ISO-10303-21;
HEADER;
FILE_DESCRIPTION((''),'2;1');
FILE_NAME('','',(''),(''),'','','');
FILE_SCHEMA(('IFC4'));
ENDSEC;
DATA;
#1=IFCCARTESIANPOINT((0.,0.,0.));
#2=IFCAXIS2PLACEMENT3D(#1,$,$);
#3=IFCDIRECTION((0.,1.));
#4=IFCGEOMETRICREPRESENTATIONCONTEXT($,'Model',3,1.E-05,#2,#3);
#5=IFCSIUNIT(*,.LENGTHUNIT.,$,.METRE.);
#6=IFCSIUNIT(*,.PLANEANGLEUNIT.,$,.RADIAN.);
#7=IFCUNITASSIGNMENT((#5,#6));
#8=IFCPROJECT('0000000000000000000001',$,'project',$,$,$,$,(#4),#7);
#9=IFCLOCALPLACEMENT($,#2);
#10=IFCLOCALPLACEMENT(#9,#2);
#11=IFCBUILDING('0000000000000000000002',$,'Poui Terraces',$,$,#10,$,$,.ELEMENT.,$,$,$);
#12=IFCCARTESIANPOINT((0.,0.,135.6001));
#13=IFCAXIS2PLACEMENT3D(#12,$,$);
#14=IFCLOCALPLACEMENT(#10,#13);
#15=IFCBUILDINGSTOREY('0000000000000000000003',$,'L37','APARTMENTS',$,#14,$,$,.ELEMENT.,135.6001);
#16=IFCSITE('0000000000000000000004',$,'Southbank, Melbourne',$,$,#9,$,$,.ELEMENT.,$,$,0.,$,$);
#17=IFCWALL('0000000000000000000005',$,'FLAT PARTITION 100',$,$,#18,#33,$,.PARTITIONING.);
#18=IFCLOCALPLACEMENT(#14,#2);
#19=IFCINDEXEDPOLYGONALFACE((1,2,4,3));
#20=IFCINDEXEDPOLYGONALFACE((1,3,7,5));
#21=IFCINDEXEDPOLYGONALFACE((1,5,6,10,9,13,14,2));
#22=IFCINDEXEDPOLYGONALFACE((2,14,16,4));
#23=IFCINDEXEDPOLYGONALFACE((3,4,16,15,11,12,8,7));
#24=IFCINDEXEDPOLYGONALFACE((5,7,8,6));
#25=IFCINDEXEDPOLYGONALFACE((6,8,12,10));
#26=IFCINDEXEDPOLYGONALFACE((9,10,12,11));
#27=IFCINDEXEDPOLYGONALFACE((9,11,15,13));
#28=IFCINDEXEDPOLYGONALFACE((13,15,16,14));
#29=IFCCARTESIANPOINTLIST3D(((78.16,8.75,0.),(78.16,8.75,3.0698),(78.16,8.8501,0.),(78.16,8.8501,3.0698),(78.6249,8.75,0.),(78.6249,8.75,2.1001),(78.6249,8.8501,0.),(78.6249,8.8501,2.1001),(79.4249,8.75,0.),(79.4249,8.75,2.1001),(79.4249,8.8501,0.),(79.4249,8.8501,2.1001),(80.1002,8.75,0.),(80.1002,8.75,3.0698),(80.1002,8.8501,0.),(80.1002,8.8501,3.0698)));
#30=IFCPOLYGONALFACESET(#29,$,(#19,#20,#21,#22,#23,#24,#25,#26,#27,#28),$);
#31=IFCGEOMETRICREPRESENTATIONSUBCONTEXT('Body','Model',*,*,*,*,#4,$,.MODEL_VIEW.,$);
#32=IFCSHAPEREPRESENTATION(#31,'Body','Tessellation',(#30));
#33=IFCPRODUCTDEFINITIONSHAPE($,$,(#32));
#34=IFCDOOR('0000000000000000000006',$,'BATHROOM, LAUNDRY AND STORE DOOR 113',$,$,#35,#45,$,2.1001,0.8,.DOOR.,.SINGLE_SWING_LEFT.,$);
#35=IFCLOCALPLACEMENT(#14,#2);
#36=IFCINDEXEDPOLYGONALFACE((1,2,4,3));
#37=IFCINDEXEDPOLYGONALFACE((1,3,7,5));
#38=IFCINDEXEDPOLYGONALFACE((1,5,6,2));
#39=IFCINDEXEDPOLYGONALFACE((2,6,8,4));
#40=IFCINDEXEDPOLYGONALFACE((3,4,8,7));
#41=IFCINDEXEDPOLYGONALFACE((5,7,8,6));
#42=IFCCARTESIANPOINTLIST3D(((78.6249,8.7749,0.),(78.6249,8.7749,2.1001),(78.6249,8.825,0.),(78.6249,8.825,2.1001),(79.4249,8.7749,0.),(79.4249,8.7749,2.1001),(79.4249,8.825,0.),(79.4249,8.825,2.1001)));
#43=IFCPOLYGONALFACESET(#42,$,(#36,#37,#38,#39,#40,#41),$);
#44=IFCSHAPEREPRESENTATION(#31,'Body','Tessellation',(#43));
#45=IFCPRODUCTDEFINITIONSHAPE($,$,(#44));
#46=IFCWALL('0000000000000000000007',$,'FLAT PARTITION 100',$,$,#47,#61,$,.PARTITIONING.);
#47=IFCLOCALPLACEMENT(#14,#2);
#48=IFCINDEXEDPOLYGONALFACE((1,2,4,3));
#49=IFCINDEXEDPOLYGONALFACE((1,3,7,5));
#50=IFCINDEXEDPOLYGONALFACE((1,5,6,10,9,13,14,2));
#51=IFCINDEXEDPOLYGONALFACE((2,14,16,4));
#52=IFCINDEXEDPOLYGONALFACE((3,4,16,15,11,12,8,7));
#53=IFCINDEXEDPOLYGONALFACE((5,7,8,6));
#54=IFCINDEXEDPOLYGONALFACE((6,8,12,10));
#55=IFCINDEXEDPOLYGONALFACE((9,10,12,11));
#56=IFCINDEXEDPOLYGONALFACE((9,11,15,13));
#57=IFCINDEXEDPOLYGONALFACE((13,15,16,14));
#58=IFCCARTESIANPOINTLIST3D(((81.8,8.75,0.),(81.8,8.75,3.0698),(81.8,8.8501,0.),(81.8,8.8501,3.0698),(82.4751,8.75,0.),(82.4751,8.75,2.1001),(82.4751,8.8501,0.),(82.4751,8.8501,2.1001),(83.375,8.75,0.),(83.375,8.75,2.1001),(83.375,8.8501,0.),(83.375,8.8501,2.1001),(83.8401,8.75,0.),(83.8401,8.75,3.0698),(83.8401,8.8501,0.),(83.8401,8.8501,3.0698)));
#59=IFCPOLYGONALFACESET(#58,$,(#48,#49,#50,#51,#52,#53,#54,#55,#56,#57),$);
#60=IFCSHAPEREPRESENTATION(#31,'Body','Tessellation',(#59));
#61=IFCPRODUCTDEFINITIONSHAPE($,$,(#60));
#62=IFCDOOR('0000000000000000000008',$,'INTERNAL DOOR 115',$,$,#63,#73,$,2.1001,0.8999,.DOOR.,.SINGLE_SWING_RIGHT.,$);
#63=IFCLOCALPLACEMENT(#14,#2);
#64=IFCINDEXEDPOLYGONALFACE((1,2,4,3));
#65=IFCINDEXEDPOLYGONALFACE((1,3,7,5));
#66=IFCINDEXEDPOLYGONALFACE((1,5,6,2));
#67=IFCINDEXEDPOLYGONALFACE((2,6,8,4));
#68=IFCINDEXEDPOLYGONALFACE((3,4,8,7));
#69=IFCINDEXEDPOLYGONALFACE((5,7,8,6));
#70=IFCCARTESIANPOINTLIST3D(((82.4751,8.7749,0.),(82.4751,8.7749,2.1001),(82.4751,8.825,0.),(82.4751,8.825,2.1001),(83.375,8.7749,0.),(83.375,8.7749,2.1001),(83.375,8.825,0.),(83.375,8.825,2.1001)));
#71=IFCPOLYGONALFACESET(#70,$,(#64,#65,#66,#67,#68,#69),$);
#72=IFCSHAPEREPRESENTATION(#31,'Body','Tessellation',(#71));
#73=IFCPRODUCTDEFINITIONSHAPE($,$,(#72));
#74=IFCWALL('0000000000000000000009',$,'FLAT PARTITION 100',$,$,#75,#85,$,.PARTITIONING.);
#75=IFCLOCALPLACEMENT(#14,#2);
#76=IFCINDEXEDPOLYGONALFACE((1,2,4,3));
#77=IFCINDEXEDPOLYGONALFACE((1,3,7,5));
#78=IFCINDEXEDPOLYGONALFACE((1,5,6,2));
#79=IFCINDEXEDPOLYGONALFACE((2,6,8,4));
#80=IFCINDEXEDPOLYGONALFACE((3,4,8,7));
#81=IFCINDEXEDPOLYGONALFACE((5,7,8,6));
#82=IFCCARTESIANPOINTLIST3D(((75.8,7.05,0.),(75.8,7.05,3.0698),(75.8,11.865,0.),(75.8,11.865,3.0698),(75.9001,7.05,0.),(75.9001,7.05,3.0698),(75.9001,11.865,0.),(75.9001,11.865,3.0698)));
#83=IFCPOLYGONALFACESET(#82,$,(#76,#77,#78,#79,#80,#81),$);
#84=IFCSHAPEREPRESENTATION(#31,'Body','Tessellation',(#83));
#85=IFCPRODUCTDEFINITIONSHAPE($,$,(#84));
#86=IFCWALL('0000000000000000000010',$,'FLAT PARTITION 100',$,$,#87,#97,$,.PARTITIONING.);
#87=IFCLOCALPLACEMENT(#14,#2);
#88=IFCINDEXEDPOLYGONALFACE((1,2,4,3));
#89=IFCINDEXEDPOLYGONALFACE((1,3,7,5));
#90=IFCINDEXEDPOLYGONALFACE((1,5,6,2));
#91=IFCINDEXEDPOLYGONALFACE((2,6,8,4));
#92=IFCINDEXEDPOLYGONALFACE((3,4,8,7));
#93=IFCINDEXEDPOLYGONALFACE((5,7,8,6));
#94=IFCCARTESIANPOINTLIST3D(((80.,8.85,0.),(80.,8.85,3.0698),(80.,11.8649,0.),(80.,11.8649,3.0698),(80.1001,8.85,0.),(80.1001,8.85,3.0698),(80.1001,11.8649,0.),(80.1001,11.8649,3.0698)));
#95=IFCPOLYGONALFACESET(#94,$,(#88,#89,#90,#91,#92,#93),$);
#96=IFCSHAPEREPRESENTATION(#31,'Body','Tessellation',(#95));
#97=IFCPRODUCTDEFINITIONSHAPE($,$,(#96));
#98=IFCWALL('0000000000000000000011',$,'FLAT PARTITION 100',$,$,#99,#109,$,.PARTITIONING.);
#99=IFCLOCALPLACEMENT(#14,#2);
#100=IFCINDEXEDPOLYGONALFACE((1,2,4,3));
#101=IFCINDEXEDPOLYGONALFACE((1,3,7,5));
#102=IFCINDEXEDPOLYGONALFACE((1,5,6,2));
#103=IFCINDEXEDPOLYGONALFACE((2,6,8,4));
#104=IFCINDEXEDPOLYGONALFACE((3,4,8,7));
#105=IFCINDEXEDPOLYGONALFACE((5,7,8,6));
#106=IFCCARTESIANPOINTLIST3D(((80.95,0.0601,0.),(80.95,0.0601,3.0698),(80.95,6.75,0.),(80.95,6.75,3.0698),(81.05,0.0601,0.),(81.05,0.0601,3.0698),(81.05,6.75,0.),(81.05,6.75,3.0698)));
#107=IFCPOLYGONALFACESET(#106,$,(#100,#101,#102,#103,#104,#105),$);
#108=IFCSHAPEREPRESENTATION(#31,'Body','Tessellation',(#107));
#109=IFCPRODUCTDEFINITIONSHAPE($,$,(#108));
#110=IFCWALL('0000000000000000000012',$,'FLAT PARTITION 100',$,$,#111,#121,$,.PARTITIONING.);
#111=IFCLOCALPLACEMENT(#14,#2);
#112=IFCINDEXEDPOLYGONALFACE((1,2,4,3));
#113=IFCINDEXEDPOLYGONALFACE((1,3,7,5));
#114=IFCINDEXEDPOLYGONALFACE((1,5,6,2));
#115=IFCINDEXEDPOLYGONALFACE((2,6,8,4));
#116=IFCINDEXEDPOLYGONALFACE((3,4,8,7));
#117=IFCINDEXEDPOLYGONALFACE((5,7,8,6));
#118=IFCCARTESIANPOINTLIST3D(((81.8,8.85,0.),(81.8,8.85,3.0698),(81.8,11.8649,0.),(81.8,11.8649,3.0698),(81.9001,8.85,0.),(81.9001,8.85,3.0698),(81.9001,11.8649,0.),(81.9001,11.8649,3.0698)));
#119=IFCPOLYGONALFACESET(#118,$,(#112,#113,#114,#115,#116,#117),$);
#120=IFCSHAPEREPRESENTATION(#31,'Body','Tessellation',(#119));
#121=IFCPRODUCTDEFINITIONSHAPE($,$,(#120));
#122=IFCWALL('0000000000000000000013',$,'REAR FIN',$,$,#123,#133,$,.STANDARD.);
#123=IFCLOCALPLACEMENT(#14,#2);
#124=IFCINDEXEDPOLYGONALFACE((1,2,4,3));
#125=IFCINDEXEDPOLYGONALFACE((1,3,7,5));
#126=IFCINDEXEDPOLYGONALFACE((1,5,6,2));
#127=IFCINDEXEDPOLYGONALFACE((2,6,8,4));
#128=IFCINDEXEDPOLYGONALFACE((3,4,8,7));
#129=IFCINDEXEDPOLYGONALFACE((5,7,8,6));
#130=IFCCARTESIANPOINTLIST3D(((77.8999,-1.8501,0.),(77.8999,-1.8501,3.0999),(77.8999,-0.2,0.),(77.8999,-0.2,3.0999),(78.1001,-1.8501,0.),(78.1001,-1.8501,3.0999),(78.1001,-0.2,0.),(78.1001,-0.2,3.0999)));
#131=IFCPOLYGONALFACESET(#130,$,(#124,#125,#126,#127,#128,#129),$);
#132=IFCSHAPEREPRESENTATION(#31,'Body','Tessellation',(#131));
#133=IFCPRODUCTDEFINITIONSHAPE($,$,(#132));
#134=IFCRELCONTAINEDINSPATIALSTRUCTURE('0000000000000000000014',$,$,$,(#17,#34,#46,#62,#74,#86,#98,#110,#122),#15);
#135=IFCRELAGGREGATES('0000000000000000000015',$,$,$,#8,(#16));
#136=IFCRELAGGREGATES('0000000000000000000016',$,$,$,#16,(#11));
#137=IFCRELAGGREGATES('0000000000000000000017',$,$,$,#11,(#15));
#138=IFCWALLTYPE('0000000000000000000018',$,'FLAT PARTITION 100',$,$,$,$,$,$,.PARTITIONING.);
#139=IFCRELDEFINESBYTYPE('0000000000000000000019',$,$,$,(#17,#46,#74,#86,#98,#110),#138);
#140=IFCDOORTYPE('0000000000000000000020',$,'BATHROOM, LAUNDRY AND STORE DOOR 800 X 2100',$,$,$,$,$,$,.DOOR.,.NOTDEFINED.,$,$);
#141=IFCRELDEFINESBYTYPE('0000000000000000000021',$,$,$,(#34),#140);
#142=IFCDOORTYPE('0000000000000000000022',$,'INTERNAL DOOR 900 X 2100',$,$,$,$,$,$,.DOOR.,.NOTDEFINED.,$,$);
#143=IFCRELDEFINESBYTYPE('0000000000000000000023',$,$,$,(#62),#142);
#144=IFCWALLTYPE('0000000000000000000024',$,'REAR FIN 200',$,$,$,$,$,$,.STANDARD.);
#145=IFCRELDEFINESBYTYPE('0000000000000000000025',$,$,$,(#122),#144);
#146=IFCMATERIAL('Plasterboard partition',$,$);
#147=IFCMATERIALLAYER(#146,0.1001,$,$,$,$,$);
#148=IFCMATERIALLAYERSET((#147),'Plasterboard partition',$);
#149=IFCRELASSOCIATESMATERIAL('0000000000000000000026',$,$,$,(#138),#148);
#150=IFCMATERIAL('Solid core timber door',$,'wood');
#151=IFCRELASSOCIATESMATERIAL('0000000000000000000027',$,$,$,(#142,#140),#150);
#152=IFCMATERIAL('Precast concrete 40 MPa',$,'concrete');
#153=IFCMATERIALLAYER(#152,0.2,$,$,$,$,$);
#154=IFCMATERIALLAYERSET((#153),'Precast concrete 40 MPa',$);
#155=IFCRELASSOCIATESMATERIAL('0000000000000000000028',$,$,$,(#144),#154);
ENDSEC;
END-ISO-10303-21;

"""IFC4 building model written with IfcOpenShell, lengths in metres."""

from ifc_helpers import new_model, si_unit, direction, frame, frame_2d, origin, place, context, subcontext, project, spatial, polyline, rectangle, outline, extrude, source, transform, mapped, material, layer, layer_set, type_object, element, fill, save


model = new_model("IFC4")

# Units and contexts
model_context = context("Model", 3, precision=1e-05, world=origin(), true_north=direction((0.0, 1.0)))
body_context = subcontext(model_context, "Body", "Model", "MODEL_VIEW")
ifc_project = project(units=[si_unit("LENGTHUNIT", "METRE"), si_unit("PLANEANGLEUNIT", "RADIAN")], contexts=[model_context])

# Site, building, storey
site_placement = place(None, origin())
site = spatial("IfcSite", under=ifc_project, at=site_placement, Name="Southbank, Melbourne", CompositionType="ELEMENT", RefElevation=0.0)
building_placement = place(site_placement, origin())
building = spatial("IfcBuilding", under=site, at=building_placement, Name="Poui Terraces", CompositionType="ELEMENT")
storey_placement = place(building_placement, frame((0.0, 0.0, 135.6001)))
storey = spatial("IfcBuildingStorey", under=building, at=storey_placement, Name="L37", Description="APARTMENTS", CompositionType="ELEMENT", Elevation=135.6001)

# Walls, openings, doors
ifc_material_1 = material(Name="Plasterboard partition")
ifc_layer_1 = layer(ifc_material_1, 0.1001)
ifc_layer_set_1 = layer_set([ifc_layer_1], Name="Plasterboard partition")
wall_type_1 = type_object("IfcWallType", Name="FLAT PARTITION 100", PredefinedType="PARTITIONING", material=ifc_layer_set_1)
ifc_material_2 = material(Name="Solid core timber door", Category="wood")
door_type_1 = type_object("IfcDoorType", Name="INTERNAL DOOR 900 X 2100", OperationType="NOTDEFINED", PredefinedType="DOOR", material=ifc_material_2)
wall_1_placement = place(storey_placement, frame((78.1599, 8.8, 0.0), z_axis=(0.0, 0.0, 1.0), x_axis=(1.0, 0.0, 0.0)))
wall_1 = element("IfcWall", 1, at=wall_1_placement, inside=storey, type_object=wall_type_1, Name="FLAT PARTITION 100", PredefinedType="PARTITIONING", context=body_context, shape_type="SweptSolid", body=[
    extrude(rectangle(XDim=1.9402, YDim=0.1001, at=frame_2d((0.9702, 0.0))), origin(), (0.0, 0.0, 1.0), 3.0698),
])
opening_1_placement = place(wall_1_placement, frame((0.4651, 0.0, 0.0)))
opening_1 = element("IfcOpeningElement", 2, at=opening_1_placement, cuts=wall_1, PredefinedType="OPENING", context=body_context, shape_type="SweptSolid", body=[
    extrude(rectangle(XDim=0.8, YDim=2.1001, at=frame_2d((0.3999, 1.05))), frame((0.0, 0.0601, 0.0), z_axis=(0.0, -1.0, 0.0), x_axis=(1.0, 0.0, 0.0)), (0.0, 0.0, 1.0), 0.1201),
])
door_type_2 = type_object("IfcDoorType", Name="BATHROOM, LAUNDRY AND STORE DOOR 800 X 2100", OperationType="NOTDEFINED", PredefinedType="DOOR", material=ifc_material_2)
door_1_placement = place(opening_1_placement, origin())
door_1 = element("IfcDoor", 3, at=door_1_placement, inside=storey, type_object=door_type_2, Name="BATHROOM, LAUNDRY AND STORE DOOR 113", OperationType="SINGLE_SWING_LEFT", OverallHeight=2.1001, OverallWidth=0.8, PredefinedType="DOOR", context=body_context, shape_type="SweptSolid", body=[
    extrude(rectangle(XDim=0.8, YDim=2.1001, at=frame_2d((0.3999, 1.05))), frame((0.0, 0.0249, 0.0), z_axis=(0.0, -1.0, 0.0), x_axis=(1.0, 0.0, 0.0)), (0.0, 0.0, 1.0), 0.05),
])
fill(opening_1, door_1)
wall_2_placement = place(storey_placement, frame((81.8, 8.8, 0.0), z_axis=(0.0, 0.0, 1.0), x_axis=(1.0, 0.0, 0.0)))
wall_2 = element("IfcWall", 4, at=wall_2_placement, inside=storey, type_object=wall_type_1, Name="FLAT PARTITION 100", PredefinedType="PARTITIONING", context=body_context, shape_type="SweptSolid", body=[
    extrude(rectangle(XDim=2.04, YDim=0.1001, at=frame_2d((1.02, 0.0))), origin(), (0.0, 0.0, 1.0), 3.0698),
])
opening_2_placement = place(wall_2_placement, frame((0.675, 0.0, 0.0)))
opening_2 = element("IfcOpeningElement", 5, at=opening_2_placement, cuts=wall_2, PredefinedType="OPENING", context=body_context, shape_type="SweptSolid", body=[
    extrude(rectangle(XDim=0.8999, YDim=2.1001, at=frame_2d((0.45, 1.05))), frame((0.0, 0.0601, 0.0), z_axis=(0.0, -1.0, 0.0), x_axis=(1.0, 0.0, 0.0)), (0.0, 0.0, 1.0), 0.1201),
])
door_2_placement = place(opening_2_placement, origin())
door_2 = element("IfcDoor", 6, at=door_2_placement, inside=storey, type_object=door_type_1, Name="INTERNAL DOOR 115", OperationType="SINGLE_SWING_RIGHT", OverallHeight=2.1001, OverallWidth=0.8999, PredefinedType="DOOR", context=body_context, shape_type="SweptSolid", body=[
    extrude(rectangle(XDim=0.8999, YDim=2.1001, at=frame_2d((0.45, 1.05))), frame((0.0, 0.0249, 0.0), z_axis=(0.0, -1.0, 0.0), x_axis=(1.0, 0.0, 0.0)), (0.0, 0.0, 1.0), 0.05),
])
fill(opening_2, door_2)

# Walls
wall_3_placement = place(storey_placement, frame((75.8501, 7.05, 0.0), z_axis=(0.0, 0.0, 1.0), x_axis=(0.0, 1.0, 0.0)))
element("IfcWall", 7, at=wall_3_placement, inside=storey, type_object=wall_type_1, Name="FLAT PARTITION 100", PredefinedType="PARTITIONING", context=body_context, shape_type="SweptSolid", body=[
    extrude(rectangle(XDim=4.8149, YDim=0.1001, at=frame_2d((2.4075, 0.0))), origin(), (0.0, 0.0, 1.0), 3.0698),
])
wall_4_placement = place(storey_placement, frame((80.05, 8.8501, 0.0), z_axis=(0.0, 0.0, 1.0), x_axis=(0.0, 1.0, 0.0)))
element("IfcWall", 8, at=wall_4_placement, inside=storey, type_object=wall_type_1, Name="FLAT PARTITION 100", PredefinedType="PARTITIONING", context=body_context, shape_type="SweptSolid", body=[
    extrude(rectangle(XDim=3.0149, YDim=0.1001, at=frame_2d((1.5073, 0.0))), origin(), (0.0, 0.0, 1.0), 3.0698),
])
wall_5_placement = place(storey_placement, frame((81.0, 0.0601, 0.0), z_axis=(0.0, 0.0, 1.0), x_axis=(0.0, 1.0, 0.0)))
element("IfcWall", 9, at=wall_5_placement, inside=storey, type_object=wall_type_1, Name="FLAT PARTITION 100", PredefinedType="PARTITIONING", context=body_context, shape_type="SweptSolid", body=[
    extrude(rectangle(XDim=6.6899, YDim=0.1001, at=frame_2d((3.345, 0.0))), origin(), (0.0, 0.0, 1.0), 3.0698),
])
wall_6_placement = place(storey_placement, frame((81.8501, 8.8501, 0.0), z_axis=(0.0, 0.0, 1.0), x_axis=(0.0, 1.0, 0.0)))
element("IfcWall", 10, at=wall_6_placement, inside=storey, type_object=wall_type_1, Name="FLAT PARTITION 100", PredefinedType="PARTITIONING", context=body_context, shape_type="SweptSolid", body=[
    extrude(rectangle(XDim=3.0149, YDim=0.1001, at=frame_2d((1.5073, 0.0))), origin(), (0.0, 0.0, 1.0), 3.0698),
])
ifc_material_3 = material(Name="Precast concrete 40 MPa", Category="concrete")
ifc_layer_2 = layer(ifc_material_3, 0.2)
ifc_layer_set_2 = layer_set([ifc_layer_2], Name="Precast concrete 40 MPa")
wall_type_2 = type_object("IfcWallType", Name="REAR FIN 200", PredefinedType="STANDARD", material=ifc_layer_set_2)
shared_shape = source(origin(), body_context, "Body", "SweptSolid", [
    extrude(outline(polyline([(0.0, 0.0), (0.2002, 0.0), (0.2002, 1.6501), (0.0, 1.6501), (0.0, 0.0)])), origin(), (0.0, 0.0, 1.0), 3.0999),
])
wall_7_placement = place(storey_placement, frame((77.8999, -1.8501, 0.0)))
element("IfcWall", 11, at=wall_7_placement, inside=storey, type_object=wall_type_2, Name="REAR FIN", PredefinedType="STANDARD", context=body_context, shape_type="MappedRepresentation", body=[
    mapped(shared_shape, transform((0.0, 0.0, 0.0))),
])

save(model, "model.ifc")
